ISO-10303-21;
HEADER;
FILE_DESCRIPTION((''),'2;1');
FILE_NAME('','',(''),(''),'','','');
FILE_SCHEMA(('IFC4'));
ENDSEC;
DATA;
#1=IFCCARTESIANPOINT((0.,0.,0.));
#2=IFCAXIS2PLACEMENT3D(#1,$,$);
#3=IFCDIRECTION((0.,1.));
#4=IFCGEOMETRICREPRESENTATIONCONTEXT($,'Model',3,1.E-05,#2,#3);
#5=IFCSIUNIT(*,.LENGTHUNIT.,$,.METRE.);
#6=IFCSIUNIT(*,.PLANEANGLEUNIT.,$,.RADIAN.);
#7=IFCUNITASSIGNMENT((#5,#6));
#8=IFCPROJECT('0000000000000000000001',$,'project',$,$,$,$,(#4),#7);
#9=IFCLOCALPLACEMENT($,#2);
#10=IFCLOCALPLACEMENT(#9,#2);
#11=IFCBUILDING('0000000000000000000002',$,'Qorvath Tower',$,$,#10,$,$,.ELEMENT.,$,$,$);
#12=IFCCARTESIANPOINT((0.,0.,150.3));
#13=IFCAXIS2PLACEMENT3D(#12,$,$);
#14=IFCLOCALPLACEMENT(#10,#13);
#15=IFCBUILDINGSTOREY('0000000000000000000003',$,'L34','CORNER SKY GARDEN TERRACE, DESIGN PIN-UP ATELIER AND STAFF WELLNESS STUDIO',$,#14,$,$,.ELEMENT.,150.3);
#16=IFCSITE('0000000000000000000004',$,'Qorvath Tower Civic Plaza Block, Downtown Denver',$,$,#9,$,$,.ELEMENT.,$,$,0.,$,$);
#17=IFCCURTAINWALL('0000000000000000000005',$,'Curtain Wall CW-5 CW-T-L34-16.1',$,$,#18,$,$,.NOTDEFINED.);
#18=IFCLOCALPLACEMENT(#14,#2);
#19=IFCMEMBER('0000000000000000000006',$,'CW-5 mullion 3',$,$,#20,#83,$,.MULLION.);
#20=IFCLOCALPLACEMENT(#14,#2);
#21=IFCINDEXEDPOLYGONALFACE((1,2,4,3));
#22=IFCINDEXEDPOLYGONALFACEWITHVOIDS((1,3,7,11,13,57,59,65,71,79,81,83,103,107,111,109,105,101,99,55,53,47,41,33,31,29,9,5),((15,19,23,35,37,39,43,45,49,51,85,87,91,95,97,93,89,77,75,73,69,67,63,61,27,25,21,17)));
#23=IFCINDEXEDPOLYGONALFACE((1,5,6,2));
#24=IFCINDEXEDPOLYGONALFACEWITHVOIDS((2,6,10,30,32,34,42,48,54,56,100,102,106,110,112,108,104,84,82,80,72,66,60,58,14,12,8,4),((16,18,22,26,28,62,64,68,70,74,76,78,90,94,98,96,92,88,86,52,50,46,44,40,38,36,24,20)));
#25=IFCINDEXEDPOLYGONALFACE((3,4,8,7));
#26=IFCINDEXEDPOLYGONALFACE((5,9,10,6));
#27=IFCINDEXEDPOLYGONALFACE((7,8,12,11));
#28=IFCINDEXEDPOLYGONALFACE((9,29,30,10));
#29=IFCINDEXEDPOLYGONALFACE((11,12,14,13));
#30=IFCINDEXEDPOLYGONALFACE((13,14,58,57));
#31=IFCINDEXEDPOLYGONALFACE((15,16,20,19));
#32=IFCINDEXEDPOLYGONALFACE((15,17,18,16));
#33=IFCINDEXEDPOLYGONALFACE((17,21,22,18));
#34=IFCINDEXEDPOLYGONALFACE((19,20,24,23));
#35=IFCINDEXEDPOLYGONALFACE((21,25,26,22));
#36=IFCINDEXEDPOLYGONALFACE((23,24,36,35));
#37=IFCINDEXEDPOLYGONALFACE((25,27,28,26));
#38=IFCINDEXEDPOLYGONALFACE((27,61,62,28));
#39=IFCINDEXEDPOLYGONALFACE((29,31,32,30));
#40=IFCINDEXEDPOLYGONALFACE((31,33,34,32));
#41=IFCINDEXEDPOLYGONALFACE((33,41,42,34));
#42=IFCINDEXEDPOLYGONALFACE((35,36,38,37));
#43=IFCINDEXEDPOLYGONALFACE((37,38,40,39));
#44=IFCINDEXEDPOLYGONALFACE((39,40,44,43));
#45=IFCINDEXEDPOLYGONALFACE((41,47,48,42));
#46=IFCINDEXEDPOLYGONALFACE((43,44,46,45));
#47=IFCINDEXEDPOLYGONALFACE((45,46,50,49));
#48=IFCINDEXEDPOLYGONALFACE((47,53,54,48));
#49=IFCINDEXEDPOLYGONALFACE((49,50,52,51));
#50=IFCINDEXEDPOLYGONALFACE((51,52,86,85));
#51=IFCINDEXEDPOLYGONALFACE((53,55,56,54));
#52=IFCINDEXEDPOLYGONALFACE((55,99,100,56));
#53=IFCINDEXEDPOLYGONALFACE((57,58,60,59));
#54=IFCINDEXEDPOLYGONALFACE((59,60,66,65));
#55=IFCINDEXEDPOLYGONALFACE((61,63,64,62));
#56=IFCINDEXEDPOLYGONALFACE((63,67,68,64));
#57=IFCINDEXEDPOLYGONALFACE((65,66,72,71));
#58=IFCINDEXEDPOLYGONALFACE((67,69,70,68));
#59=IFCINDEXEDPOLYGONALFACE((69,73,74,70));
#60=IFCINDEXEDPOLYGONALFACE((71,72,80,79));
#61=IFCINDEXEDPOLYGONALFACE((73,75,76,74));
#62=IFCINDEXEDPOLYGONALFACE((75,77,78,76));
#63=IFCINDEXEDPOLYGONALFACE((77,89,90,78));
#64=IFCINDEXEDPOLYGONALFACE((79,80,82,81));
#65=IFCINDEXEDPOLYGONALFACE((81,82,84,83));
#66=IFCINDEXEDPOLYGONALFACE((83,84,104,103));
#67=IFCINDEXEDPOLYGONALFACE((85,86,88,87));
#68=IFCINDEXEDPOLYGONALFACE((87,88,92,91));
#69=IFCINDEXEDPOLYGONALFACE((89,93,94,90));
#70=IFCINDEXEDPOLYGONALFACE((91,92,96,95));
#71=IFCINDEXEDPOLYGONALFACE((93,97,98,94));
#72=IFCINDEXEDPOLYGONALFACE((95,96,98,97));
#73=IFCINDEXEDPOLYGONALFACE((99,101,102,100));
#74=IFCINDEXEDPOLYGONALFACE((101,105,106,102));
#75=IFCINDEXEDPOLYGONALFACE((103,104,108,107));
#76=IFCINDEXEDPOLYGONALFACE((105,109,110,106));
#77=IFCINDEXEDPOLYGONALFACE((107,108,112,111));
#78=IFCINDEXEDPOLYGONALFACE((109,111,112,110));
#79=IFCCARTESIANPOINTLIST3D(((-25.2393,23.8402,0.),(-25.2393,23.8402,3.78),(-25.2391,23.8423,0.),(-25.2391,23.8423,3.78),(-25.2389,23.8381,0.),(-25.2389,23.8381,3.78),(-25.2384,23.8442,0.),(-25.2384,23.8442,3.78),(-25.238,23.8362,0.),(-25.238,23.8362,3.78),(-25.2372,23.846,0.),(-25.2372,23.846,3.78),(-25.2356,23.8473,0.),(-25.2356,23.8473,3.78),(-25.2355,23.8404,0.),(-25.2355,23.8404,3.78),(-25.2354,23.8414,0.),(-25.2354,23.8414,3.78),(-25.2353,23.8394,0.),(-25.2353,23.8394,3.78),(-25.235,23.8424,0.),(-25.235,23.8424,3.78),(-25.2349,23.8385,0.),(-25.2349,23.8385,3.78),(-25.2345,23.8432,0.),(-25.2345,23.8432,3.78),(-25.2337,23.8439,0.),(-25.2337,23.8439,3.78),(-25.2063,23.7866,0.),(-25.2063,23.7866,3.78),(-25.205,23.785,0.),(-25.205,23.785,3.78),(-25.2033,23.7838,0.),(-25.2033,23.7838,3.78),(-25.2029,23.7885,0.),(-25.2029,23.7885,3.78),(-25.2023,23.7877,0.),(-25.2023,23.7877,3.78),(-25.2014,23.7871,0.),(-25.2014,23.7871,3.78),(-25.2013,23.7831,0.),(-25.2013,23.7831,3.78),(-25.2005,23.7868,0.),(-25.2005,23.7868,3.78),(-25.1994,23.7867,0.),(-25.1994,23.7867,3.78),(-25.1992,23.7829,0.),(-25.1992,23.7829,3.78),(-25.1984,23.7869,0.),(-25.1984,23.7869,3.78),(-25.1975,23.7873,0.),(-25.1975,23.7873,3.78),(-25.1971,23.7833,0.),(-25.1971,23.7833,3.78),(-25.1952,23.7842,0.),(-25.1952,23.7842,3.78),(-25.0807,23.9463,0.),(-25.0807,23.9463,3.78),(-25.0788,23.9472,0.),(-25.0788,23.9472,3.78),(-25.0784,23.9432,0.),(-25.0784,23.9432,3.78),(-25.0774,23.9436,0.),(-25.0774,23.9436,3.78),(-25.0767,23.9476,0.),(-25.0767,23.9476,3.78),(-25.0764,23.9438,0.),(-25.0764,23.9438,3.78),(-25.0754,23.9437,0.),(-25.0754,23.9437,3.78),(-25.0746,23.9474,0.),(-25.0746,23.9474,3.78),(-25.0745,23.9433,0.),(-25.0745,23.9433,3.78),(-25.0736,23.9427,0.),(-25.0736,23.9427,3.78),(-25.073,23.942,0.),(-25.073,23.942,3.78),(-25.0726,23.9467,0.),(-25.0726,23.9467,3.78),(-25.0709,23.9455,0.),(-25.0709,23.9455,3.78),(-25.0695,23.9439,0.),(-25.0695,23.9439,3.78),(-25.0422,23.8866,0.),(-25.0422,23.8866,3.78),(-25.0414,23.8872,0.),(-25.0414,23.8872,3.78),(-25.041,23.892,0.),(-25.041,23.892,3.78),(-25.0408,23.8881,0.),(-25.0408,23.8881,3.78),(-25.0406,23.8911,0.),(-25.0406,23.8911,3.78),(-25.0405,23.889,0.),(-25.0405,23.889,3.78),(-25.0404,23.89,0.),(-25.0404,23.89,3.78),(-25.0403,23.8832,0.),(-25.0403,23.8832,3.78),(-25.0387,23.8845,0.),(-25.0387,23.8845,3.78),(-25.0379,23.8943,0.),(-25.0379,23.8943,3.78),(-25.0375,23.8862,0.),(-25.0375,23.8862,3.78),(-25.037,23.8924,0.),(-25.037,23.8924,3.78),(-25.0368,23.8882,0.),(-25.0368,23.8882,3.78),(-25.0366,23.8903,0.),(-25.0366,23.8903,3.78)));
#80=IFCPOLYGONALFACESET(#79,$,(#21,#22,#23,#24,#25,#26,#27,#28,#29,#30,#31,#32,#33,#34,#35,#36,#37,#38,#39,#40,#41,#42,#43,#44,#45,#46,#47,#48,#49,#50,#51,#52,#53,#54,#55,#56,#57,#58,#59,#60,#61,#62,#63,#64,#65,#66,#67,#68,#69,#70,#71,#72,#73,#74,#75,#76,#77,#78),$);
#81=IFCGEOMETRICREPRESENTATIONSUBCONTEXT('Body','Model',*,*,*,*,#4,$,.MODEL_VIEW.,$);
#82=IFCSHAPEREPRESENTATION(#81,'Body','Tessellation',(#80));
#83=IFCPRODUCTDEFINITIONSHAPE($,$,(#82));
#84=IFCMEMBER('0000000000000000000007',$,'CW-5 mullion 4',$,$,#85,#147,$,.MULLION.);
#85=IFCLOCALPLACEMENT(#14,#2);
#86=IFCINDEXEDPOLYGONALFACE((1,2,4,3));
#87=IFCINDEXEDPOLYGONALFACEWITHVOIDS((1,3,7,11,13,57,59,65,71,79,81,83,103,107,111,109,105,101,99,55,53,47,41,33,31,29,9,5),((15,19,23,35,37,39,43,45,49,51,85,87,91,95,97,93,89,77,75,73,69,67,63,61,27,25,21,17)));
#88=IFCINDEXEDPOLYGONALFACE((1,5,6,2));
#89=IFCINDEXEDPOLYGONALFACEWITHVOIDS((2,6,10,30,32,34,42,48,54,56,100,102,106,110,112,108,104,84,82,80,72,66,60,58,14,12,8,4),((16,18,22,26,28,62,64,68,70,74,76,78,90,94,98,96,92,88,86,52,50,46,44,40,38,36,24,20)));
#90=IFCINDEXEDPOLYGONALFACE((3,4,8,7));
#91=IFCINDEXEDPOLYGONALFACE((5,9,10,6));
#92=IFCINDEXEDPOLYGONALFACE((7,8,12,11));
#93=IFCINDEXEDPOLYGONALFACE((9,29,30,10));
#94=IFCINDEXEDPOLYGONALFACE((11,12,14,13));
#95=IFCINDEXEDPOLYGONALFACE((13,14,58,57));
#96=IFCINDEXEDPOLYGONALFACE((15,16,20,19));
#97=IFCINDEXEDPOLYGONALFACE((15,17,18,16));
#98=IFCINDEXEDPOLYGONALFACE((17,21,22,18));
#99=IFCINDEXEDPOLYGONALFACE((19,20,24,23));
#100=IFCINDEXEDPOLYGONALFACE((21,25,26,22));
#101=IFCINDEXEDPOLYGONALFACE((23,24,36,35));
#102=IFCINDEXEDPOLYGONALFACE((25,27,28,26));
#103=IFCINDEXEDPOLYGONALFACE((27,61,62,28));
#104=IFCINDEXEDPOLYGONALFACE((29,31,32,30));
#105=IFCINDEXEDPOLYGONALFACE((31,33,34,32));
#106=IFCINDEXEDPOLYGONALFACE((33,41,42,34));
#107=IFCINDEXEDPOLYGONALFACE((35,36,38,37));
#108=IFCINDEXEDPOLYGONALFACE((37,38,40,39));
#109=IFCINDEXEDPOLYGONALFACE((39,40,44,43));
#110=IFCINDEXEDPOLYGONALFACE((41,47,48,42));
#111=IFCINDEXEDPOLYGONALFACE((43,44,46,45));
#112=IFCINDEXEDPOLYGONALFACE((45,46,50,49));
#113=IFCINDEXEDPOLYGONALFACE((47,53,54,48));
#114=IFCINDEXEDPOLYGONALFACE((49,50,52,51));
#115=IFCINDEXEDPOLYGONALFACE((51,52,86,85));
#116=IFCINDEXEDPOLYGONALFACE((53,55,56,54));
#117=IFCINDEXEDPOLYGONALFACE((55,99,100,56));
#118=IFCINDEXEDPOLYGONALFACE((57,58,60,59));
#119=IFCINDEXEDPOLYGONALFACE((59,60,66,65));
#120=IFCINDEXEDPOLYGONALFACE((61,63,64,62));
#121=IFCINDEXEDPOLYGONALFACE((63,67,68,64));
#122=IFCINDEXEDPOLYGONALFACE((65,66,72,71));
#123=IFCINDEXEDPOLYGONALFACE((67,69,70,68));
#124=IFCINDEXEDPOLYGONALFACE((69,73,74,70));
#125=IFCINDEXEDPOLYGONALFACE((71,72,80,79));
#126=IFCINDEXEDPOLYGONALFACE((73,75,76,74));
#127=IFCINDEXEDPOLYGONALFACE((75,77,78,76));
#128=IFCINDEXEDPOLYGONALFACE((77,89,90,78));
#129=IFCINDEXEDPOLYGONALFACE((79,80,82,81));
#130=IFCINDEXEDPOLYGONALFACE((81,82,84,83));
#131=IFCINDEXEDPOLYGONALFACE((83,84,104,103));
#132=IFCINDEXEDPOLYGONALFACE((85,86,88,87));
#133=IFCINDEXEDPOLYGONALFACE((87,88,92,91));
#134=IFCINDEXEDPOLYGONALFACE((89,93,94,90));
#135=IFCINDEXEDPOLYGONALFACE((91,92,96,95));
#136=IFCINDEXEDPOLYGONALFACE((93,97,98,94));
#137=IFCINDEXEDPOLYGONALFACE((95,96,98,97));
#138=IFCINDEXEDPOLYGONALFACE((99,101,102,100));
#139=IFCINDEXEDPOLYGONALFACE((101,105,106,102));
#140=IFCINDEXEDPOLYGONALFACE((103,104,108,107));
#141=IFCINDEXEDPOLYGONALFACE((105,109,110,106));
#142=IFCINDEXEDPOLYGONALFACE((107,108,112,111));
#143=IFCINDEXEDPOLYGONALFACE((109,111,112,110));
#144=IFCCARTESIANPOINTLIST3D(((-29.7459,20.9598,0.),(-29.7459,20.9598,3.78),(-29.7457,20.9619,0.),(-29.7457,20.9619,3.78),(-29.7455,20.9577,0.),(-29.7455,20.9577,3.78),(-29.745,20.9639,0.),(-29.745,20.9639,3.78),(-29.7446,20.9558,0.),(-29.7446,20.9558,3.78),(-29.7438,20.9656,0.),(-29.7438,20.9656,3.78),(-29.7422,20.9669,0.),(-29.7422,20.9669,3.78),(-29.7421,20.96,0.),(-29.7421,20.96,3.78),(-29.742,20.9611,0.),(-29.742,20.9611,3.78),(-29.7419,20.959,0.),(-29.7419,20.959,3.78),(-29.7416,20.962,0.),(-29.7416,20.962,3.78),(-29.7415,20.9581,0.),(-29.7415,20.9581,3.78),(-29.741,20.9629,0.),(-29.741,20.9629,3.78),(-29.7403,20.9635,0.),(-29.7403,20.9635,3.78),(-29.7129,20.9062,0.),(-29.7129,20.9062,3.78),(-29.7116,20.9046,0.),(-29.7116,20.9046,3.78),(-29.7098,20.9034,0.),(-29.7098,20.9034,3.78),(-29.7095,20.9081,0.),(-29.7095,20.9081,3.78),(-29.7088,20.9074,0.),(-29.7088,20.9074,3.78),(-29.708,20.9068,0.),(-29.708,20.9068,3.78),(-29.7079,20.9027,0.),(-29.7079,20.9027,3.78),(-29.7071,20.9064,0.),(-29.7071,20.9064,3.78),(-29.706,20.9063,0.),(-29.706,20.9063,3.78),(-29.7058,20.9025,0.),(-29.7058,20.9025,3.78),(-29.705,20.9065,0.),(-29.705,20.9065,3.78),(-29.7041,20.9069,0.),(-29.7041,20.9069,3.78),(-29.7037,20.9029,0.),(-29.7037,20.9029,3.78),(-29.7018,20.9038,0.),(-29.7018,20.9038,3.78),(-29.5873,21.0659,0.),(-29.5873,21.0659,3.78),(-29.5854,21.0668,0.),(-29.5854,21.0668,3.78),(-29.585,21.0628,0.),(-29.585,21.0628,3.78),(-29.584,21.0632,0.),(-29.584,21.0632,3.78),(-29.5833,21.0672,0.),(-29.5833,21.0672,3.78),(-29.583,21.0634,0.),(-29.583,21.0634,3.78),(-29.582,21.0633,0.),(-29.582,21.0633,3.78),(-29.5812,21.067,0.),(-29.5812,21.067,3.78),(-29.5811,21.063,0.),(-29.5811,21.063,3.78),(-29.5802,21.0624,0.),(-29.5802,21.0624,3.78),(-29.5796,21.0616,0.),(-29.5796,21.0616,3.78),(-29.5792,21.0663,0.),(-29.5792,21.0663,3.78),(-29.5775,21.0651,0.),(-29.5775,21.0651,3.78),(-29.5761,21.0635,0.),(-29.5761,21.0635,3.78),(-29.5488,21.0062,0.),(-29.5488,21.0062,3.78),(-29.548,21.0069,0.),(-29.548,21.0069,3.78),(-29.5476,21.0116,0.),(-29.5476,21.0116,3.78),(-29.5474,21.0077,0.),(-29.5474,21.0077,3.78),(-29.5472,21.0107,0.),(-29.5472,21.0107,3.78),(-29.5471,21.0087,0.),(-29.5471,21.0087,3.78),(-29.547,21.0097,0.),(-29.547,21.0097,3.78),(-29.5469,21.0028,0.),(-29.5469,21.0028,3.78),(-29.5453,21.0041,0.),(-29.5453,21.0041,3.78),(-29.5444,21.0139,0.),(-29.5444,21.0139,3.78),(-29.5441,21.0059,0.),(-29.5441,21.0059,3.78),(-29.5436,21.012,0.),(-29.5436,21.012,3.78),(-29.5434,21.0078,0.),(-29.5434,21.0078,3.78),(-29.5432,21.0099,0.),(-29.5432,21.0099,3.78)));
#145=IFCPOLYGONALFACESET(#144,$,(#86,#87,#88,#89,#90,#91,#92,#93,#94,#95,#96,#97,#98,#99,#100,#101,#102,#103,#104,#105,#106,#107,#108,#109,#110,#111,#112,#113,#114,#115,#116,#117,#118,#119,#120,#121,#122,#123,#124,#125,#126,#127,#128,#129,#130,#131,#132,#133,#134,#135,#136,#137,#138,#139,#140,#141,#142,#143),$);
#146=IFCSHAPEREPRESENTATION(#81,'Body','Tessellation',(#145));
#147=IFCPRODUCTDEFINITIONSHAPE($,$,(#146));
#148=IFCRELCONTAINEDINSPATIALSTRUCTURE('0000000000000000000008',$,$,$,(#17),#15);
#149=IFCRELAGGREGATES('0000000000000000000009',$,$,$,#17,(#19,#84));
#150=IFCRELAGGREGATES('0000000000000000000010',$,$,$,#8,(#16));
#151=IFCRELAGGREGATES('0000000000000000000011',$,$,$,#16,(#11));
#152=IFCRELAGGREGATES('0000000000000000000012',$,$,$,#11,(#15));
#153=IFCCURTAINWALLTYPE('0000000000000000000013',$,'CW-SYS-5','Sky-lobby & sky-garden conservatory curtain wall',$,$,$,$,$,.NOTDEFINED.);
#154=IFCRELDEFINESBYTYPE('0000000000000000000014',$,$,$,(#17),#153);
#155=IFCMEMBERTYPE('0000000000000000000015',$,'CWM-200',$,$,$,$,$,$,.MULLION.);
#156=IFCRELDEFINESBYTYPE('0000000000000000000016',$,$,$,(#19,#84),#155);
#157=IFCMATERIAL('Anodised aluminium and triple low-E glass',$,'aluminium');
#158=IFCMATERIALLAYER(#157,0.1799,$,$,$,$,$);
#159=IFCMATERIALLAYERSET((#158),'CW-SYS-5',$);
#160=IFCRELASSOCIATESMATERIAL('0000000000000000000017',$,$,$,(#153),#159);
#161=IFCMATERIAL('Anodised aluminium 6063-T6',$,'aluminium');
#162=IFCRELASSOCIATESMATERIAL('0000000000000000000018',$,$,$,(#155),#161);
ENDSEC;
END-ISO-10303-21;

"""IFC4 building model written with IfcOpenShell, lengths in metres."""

from ifc_helpers import new_model, si_unit, direction, frame, origin, origin_2d, place, context, subcontext, project, spatial, hollow_rectangle, extrude, material, layer, layer_set, material_profile, profile_set, type_object, element, aggregate, save


model = new_model("IFC4")

# Units and contexts
model_context = context("Model", 3, precision=1e-05, world=origin(), true_north=direction((0.0, 1.0)))
body_context = subcontext(model_context, "Body", "Model", "MODEL_VIEW")
ifc_project = project(units=[si_unit("LENGTHUNIT", "METRE"), si_unit("PLANEANGLEUNIT", "RADIAN")], contexts=[model_context])

# Site, building, storey
site_placement = place(None, origin())
site = spatial("IfcSite", under=ifc_project, at=site_placement, Name="Qorvath Tower Civic Plaza Block, Downtown Denver", CompositionType="ELEMENT", RefElevation=0.0)
building_placement = place(site_placement, origin())
building = spatial("IfcBuilding", under=site, at=building_placement, Name="Qorvath Tower", CompositionType="ELEMENT")
storey_placement = place(building_placement, frame((0.0, 0.0, 150.3)))
storey = spatial("IfcBuildingStorey", under=building, at=storey_placement, Name="L34", Description="CORNER SKY GARDEN TERRACE, DESIGN PIN-UP ATELIER AND STAFF WELLNESS STUDIO", CompositionType="ELEMENT", Elevation=150.3)

# Curtain wall, members
ifc_material_1 = material(Name="Anodised aluminium and triple low-E glass", Category="aluminium")
ifc_layer_1 = layer(ifc_material_1, 0.1799)
ifc_layer_set_1 = layer_set([ifc_layer_1], Name="CW-SYS-5")
curtain_wall_type = type_object("IfcCurtainWallType", Name="CW-SYS-5", Description="Sky-lobby & sky-garden conservatory curtain wall", PredefinedType="NOTDEFINED", material=ifc_layer_set_1)
curtain_wall_placement = place(storey_placement, origin())
curtain_wall = element("IfcCurtainWall", 1, at=curtain_wall_placement, inside=storey, type_object=curtain_wall_type, Name="Curtain Wall CW-5 CW-T-L34-16.1", PredefinedType="NOTDEFINED")
ifc_material_2 = material(Name="Anodised aluminium 6063-T6", Category="aluminium")
ifc_material_profile_1 = material_profile(ifc_material_2, hollow_rectangle(XDim=0.075, YDim=0.2, WallThickness=0.0039, InnerFilletRadius=0.0039, OuterFilletRadius=0.0081, at=origin_2d()), Name="CWM 200x75")
ifc_profile_set_1 = profile_set([ifc_material_profile_1], Name="Anodised aluminium 6063-T6")
member_type_1 = type_object("IfcMemberType", Name="CWM-200", PredefinedType="MULLION", material=ifc_profile_set_1)
member_1_placement = place(storey_placement, frame((-25.1379, 23.8652, 0.0), z_axis=(0.0, 0.0, 1.0), x_axis=(0.538535, -0.842603, 0.0)))
member_1 = element("IfcMember", 2, at=member_1_placement, type_object=member_type_1, Name="CW-5 mullion 3", PredefinedType="MULLION", context=body_context, shape_type="SweptSolid", body=[
    extrude(hollow_rectangle(XDim=0.075, YDim=0.2, WallThickness=0.0039, InnerFilletRadius=0.0039, OuterFilletRadius=0.0081, at=origin_2d()), origin(), (0.0, 0.0, 1.0), 3.78),
])
member_2_placement = place(storey_placement, frame((-29.6445, 20.9849, 0.0), z_axis=(0.0, 0.0, 1.0), x_axis=(0.538535, -0.842603, 0.0)))
member_2 = element("IfcMember", 3, at=member_2_placement, type_object=member_type_1, Name="CW-5 mullion 4", PredefinedType="MULLION", context=body_context, shape_type="SweptSolid", body=[
    extrude(hollow_rectangle(XDim=0.075, YDim=0.2, WallThickness=0.0039, InnerFilletRadius=0.0039, OuterFilletRadius=0.0081, at=origin_2d()), origin(), (0.0, 0.0, 1.0), 3.78),
])
aggregate(curtain_wall, [member_1, member_2])

save(model, "model.ifc")
